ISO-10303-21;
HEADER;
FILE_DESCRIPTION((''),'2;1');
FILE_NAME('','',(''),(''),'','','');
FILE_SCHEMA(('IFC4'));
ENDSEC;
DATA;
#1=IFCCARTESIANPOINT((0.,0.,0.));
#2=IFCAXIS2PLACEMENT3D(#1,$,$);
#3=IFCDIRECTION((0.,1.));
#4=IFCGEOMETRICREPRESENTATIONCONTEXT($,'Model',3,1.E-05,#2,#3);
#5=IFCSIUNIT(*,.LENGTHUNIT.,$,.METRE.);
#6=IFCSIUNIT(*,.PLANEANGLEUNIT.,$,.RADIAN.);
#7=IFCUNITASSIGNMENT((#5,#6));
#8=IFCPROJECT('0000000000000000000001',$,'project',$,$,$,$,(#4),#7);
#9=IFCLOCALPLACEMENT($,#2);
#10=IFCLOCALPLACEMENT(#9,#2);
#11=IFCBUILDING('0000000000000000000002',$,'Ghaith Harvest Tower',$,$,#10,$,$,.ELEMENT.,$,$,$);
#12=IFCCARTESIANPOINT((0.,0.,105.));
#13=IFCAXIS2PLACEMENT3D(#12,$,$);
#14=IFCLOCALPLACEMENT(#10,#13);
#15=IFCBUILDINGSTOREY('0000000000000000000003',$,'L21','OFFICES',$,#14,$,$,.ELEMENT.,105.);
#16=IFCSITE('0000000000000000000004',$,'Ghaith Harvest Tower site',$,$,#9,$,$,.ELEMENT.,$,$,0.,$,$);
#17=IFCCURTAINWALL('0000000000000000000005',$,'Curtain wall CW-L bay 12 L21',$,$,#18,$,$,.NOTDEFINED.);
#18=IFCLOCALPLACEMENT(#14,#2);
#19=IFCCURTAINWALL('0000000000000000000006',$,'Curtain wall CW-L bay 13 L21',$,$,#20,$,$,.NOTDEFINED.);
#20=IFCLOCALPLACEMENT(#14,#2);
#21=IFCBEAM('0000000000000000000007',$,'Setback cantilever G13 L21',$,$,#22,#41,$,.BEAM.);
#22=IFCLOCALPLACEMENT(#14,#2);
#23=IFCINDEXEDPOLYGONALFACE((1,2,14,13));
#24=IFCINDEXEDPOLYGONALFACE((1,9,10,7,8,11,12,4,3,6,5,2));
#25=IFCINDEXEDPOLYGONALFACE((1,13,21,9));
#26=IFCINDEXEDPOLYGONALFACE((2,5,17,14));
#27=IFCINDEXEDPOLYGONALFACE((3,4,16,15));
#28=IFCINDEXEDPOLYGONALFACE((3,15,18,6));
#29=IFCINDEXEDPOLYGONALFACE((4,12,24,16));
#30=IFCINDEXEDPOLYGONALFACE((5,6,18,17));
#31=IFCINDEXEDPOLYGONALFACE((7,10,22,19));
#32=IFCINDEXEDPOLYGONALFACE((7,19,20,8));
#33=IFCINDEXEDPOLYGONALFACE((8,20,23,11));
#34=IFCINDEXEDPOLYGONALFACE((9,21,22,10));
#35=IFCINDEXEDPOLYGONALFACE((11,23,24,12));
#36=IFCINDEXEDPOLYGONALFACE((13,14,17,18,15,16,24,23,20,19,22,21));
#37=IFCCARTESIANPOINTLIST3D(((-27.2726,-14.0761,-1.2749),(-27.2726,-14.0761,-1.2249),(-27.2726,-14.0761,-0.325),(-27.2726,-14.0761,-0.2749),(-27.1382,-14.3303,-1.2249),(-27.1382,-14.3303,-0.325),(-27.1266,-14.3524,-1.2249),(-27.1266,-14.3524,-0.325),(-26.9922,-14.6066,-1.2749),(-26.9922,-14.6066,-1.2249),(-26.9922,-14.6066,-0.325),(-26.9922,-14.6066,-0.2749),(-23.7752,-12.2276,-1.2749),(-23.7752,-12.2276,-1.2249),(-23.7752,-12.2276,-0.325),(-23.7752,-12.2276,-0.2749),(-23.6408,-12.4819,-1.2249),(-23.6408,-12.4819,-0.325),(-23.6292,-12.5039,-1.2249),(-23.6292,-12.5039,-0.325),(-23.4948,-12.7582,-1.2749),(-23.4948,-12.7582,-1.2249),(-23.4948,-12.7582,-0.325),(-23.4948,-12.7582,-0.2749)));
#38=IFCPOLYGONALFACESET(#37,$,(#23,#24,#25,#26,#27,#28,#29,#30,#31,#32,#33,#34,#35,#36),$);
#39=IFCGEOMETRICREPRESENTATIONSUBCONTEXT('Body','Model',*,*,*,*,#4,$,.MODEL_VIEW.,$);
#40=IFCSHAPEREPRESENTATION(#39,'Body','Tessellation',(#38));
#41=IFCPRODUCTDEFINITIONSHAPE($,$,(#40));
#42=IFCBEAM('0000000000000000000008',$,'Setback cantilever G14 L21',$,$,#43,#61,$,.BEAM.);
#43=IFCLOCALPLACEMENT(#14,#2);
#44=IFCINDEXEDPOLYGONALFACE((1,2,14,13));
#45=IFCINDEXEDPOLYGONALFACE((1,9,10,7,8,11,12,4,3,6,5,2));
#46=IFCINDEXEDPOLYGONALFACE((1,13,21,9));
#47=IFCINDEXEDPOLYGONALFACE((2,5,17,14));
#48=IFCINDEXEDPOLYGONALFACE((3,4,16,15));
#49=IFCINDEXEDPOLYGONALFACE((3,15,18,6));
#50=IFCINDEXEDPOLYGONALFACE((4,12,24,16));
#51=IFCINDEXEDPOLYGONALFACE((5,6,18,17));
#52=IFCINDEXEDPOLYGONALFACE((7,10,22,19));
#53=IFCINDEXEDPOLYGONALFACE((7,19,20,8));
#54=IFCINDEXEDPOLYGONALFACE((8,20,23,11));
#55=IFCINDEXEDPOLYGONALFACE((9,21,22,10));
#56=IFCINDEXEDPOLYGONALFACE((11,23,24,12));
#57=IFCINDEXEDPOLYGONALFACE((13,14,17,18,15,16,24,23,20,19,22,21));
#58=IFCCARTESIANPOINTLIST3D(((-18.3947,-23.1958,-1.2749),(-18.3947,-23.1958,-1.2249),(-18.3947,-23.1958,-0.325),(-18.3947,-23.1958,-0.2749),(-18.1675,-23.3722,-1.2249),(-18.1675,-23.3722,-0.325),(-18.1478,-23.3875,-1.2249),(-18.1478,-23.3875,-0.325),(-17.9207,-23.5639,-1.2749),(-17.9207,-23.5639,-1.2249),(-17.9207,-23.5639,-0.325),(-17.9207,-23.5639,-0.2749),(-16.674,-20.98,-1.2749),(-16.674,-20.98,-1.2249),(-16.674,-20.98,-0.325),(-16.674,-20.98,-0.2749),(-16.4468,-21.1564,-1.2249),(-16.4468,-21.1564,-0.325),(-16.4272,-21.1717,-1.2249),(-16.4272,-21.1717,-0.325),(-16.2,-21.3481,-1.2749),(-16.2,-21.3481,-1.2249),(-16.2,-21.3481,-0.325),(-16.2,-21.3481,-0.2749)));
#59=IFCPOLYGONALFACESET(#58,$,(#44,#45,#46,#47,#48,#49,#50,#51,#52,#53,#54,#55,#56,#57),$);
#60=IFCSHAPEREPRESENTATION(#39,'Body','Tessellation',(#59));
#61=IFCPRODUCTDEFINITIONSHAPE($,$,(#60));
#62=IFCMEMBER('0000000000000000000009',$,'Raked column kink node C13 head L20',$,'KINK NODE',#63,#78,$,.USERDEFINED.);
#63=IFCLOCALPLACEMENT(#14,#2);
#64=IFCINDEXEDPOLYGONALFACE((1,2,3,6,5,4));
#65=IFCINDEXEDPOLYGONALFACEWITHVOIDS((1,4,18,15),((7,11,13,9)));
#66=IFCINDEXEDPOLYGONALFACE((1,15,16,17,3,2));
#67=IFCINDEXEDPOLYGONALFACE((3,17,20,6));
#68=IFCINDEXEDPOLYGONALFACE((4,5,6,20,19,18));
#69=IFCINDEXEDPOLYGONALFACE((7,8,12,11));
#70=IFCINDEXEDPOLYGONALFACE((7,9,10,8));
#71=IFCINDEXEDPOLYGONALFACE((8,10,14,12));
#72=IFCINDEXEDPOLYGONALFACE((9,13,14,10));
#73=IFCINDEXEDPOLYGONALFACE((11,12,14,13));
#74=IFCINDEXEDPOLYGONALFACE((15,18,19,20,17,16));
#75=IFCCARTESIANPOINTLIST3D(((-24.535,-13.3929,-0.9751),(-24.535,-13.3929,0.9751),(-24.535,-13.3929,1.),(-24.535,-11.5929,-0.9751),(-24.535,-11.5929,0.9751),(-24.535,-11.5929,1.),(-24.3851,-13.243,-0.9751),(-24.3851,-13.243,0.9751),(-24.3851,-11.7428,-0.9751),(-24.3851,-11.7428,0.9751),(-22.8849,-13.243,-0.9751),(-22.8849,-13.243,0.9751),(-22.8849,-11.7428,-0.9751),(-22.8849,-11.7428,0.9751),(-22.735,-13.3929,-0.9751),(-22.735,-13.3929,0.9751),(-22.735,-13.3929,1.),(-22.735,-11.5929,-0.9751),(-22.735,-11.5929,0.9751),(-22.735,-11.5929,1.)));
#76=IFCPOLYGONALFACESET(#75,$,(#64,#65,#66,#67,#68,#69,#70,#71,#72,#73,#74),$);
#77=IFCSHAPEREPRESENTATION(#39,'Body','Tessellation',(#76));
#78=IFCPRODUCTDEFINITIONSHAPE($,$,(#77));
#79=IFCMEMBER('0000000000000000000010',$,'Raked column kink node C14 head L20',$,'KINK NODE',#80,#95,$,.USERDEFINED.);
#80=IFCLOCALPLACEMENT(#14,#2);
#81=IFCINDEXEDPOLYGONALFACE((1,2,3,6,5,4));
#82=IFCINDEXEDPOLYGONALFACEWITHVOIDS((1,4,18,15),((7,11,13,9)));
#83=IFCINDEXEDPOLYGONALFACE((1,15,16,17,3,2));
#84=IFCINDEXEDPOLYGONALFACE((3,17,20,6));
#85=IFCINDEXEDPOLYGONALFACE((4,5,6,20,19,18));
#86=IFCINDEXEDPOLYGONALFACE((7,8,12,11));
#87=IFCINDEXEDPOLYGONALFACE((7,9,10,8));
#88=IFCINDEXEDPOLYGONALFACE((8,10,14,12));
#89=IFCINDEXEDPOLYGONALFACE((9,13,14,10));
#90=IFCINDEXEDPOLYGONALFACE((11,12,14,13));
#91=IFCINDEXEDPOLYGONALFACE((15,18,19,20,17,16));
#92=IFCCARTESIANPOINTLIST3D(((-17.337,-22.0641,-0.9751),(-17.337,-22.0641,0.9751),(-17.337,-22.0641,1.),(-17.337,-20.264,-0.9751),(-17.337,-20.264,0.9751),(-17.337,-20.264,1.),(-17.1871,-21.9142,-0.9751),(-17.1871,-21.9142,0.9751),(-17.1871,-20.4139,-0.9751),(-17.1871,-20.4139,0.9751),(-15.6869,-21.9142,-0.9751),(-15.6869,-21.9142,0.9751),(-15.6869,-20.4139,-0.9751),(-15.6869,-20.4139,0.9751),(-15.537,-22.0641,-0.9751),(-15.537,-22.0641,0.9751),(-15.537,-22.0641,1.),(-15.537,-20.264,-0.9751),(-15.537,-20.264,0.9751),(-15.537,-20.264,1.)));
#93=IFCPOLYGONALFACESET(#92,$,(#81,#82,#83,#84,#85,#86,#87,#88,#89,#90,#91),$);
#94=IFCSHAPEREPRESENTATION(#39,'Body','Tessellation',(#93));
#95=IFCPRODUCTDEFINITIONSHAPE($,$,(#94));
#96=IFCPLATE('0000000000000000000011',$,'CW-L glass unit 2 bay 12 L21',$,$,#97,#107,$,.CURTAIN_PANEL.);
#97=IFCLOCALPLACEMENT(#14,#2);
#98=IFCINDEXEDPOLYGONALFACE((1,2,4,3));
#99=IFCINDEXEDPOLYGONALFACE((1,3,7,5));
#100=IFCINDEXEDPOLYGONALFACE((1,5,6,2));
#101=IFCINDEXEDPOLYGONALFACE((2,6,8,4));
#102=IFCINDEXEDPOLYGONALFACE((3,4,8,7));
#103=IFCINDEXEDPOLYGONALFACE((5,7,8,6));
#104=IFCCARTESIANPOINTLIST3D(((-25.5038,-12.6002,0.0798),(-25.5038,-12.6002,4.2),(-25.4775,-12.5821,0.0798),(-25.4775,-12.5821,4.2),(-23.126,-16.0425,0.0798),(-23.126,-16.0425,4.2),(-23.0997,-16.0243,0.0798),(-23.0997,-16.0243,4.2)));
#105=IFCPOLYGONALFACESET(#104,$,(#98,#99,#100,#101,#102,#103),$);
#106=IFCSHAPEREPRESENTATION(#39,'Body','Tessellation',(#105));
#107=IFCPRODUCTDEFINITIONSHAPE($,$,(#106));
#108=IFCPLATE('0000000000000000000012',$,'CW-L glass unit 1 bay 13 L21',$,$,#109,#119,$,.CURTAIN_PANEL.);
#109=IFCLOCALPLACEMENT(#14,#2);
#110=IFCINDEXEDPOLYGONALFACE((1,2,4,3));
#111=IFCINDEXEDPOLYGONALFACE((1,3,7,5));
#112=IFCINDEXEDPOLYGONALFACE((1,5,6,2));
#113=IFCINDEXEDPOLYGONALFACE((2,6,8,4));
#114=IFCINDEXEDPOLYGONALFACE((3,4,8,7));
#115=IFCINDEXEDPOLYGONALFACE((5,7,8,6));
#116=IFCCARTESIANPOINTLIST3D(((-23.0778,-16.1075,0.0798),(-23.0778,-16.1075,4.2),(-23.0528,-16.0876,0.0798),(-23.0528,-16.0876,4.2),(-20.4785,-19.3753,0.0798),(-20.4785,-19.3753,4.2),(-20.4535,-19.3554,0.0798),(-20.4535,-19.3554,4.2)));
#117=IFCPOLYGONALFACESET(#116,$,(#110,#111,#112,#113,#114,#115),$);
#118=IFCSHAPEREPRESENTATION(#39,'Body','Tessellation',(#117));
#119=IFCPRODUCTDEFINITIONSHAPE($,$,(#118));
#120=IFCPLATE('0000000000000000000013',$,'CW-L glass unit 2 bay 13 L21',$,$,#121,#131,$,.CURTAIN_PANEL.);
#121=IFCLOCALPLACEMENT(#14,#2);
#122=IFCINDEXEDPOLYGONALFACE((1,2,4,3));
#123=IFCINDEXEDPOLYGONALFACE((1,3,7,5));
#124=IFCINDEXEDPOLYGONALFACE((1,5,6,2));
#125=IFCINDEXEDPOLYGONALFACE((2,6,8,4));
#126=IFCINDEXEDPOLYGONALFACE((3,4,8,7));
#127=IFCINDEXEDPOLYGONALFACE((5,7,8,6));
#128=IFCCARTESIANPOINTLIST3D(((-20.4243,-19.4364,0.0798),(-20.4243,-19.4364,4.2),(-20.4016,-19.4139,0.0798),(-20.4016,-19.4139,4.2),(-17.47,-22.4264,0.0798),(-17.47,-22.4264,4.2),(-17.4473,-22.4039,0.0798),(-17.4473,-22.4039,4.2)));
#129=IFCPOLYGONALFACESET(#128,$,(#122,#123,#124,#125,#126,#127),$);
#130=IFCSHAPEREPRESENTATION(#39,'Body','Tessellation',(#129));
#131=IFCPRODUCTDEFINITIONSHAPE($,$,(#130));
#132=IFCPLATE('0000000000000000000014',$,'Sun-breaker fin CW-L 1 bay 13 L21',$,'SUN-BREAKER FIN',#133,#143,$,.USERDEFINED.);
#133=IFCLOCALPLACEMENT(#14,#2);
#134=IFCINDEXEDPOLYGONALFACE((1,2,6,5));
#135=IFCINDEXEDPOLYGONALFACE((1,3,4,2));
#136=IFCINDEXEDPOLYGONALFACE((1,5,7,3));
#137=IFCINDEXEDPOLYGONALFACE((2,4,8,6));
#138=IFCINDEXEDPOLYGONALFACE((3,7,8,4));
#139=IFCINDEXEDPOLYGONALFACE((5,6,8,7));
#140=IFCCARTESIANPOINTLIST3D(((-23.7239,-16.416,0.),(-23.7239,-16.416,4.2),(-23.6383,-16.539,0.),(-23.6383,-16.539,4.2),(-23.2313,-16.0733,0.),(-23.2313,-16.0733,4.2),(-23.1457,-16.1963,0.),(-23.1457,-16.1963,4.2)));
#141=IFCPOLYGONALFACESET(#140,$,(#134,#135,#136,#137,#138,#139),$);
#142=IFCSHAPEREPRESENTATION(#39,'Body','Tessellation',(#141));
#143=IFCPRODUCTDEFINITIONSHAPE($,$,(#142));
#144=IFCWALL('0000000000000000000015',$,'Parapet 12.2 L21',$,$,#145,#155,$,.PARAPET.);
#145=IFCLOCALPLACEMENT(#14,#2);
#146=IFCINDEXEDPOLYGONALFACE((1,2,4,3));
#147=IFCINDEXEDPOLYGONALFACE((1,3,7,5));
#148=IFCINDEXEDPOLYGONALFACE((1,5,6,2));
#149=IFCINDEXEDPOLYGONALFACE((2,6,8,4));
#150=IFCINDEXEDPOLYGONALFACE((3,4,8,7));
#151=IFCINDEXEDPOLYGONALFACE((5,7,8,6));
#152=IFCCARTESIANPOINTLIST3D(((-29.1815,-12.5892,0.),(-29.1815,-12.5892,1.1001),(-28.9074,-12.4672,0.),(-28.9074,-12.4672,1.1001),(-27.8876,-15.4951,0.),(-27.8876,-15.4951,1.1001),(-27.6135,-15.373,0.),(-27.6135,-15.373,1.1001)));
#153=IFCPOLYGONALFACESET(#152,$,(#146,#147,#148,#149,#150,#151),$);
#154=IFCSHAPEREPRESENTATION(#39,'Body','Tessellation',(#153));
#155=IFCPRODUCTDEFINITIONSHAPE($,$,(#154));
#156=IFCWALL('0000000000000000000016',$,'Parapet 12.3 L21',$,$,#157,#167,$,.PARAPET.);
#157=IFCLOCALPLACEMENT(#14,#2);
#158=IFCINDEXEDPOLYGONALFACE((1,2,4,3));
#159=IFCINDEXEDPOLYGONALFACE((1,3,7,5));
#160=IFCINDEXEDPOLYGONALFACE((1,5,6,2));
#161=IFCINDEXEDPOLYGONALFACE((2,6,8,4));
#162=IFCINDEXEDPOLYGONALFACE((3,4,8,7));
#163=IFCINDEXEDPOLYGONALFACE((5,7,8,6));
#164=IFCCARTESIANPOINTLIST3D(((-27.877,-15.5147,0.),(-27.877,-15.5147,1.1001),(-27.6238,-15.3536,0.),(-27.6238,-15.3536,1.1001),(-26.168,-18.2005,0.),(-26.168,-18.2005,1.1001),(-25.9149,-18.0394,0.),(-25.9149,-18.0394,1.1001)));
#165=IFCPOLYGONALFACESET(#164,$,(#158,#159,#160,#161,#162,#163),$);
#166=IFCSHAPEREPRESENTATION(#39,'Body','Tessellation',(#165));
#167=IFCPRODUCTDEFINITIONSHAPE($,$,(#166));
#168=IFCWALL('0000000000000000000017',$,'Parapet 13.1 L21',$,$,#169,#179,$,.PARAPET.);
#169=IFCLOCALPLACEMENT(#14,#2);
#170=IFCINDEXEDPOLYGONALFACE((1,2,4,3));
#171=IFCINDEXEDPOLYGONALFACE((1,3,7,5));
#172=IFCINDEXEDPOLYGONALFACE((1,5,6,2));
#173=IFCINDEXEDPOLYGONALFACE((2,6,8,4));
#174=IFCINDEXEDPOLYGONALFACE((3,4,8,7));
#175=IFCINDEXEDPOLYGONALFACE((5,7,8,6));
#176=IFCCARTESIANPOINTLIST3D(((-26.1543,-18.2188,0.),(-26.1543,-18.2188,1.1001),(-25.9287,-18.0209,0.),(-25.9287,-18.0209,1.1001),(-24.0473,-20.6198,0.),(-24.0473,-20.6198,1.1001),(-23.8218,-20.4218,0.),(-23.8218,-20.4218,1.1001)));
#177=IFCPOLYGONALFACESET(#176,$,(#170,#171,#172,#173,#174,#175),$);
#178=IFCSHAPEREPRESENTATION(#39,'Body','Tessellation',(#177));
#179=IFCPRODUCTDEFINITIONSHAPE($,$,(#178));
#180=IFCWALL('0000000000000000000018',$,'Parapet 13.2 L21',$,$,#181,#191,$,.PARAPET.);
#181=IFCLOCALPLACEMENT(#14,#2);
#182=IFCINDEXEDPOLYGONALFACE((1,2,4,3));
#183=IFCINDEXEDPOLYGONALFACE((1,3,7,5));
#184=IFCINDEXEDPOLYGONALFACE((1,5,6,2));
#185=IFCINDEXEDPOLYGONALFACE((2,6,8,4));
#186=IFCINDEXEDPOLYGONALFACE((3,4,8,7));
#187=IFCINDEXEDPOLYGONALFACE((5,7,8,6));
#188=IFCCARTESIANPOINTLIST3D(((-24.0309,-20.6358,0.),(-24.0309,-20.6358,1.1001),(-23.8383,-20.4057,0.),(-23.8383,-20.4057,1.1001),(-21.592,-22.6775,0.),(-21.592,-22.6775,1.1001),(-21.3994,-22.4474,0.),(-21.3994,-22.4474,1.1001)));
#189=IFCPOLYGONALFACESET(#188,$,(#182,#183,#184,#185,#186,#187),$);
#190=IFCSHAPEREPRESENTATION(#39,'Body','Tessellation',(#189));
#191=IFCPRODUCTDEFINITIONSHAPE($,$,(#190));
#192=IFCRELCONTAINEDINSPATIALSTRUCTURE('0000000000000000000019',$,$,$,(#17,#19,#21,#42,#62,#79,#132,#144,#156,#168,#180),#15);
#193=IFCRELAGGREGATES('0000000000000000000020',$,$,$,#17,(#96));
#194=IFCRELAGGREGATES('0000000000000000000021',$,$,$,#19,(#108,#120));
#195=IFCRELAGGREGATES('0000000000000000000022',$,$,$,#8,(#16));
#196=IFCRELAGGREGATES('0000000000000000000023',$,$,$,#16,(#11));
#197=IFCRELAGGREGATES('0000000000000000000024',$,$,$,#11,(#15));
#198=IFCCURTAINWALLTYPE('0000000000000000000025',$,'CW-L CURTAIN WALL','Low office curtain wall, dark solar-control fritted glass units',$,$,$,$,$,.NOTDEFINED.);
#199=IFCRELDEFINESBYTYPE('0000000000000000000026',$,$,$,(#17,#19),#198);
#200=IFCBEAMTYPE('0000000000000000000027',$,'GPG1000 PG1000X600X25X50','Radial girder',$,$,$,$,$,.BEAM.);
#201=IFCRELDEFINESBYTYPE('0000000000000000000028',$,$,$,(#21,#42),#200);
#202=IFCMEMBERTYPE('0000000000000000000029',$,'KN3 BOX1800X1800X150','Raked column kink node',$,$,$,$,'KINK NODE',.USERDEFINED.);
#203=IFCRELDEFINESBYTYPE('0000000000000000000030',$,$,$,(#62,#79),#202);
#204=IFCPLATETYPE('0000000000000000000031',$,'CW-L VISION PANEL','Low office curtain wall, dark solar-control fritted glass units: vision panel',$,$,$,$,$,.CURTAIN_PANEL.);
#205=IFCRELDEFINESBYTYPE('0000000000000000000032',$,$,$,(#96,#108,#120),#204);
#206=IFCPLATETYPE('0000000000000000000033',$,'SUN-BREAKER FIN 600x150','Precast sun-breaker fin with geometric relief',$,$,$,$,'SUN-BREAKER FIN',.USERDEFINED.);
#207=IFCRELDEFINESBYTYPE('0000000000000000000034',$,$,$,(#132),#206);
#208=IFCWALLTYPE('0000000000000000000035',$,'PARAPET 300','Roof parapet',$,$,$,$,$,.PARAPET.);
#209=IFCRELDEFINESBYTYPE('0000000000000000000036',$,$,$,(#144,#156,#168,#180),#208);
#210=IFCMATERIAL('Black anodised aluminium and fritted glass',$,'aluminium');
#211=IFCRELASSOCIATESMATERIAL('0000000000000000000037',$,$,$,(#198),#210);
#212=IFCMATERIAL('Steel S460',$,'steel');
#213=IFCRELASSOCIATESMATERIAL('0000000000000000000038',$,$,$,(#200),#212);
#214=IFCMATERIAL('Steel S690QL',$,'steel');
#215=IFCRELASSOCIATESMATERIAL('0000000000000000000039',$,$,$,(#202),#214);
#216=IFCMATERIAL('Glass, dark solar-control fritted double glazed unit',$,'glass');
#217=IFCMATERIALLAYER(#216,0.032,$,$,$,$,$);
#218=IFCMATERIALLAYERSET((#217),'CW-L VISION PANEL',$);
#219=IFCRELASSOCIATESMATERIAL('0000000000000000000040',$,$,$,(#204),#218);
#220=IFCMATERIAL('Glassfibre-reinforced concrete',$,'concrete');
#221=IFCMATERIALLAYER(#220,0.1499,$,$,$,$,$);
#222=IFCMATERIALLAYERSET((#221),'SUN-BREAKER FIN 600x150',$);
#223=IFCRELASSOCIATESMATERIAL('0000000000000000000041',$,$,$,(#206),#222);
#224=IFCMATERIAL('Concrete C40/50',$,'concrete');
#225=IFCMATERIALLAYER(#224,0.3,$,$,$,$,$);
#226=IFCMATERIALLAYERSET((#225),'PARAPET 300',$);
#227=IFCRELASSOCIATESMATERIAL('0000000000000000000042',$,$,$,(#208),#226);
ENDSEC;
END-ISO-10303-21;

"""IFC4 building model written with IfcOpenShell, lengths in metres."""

from ifc_helpers import new_model, si_unit, direction, frame, frame_2d, origin, origin_2d, place, context, subcontext, project, spatial, rectangle, hollow_rectangle, i_section, extrude, boolean, material, layer, layer_set, material_profile, profile_set, type_object, element, aggregate, save


model = new_model("IFC4")

# Units and contexts
model_context = context("Model", 3, precision=1e-05, world=origin(), true_north=direction((0.0, 1.0)))
body_context = subcontext(model_context, "Body", "Model", "MODEL_VIEW")
ifc_project = project(units=[si_unit("LENGTHUNIT", "METRE"), si_unit("PLANEANGLEUNIT", "RADIAN")], contexts=[model_context])

# Site, building, storey
site_placement = place(None, origin())
site = spatial("IfcSite", under=ifc_project, at=site_placement, Name="Ghaith Harvest Tower site", CompositionType="ELEMENT", RefElevation=0.0)
building_placement = place(site_placement, origin())
building = spatial("IfcBuilding", under=site, at=building_placement, Name="Ghaith Harvest Tower", CompositionType="ELEMENT")
storey_placement = place(building_placement, frame((0.0, 0.0, 105.0)))
storey = spatial("IfcBuildingStorey", under=building, at=storey_placement, Name="L21", Description="OFFICES", CompositionType="ELEMENT", Elevation=105.0)

# Curtain wall
ifc_material_1 = material(Name="Black anodised aluminium and fritted glass", Category="aluminium")
curtain_wall_type = type_object("IfcCurtainWallType", Name="CW-L CURTAIN WALL", Description="Low office curtain wall, dark solar-control fritted glass units", PredefinedType="NOTDEFINED", material=ifc_material_1)
curtain_wall_1_placement = place(storey_placement, origin())
curtain_wall_1 = element("IfcCurtainWall", 1, at=curtain_wall_1_placement, inside=storey, type_object=curtain_wall_type, Name="Curtain wall CW-L bay 12 L21", PredefinedType="NOTDEFINED")

# Curtain wall
curtain_wall_2_placement = place(storey_placement, origin())
curtain_wall_2 = element("IfcCurtainWall", 2, at=curtain_wall_2_placement, inside=storey, type_object=curtain_wall_type, Name="Curtain wall CW-L bay 13 L21", PredefinedType="NOTDEFINED")

# Beams
ifc_material_2 = material(Name="Steel S460", Category="steel")
ifc_material_profile_1 = material_profile(ifc_material_2, i_section(OverallWidth=0.6001, OverallDepth=1.0, WebThickness=0.0249, FlangeThickness=0.05, at=origin_2d()), Name="PG1000X600X25X50")
ifc_profile_set_1 = profile_set([ifc_material_profile_1], Name="Steel S460")
beam_type_1 = type_object("IfcBeamType", Name="GPG1000 PG1000X600X25X50", Description="Radial girder", PredefinedType="BEAM", material=ifc_profile_set_1)
beam_1_placement = place(storey_placement, frame((-23.635, -12.4929, -0.7749), z_axis=(-0.884115, -0.467269, 0.0), x_axis=(0.467269, -0.884115, 0.0)))
element("IfcBeam", 3, at=beam_1_placement, inside=storey, type_object=beam_type_1, Name="Setback cantilever G13 L21", PredefinedType="BEAM", context=body_context, shape_type="SweptSolid", body=[
    extrude(i_section(OverallWidth=0.6001, OverallDepth=1.0, WebThickness=0.0249, FlangeThickness=0.05, at=origin_2d()), origin(), (0.0, 0.0, 1.0), 3.9558),
])
beam_2_placement = place(storey_placement, frame((-16.437, -21.1641, -0.7749), z_axis=(-0.613338, -0.789821, 0.0), x_axis=(0.789821, -0.613338, 0.0)))
element("IfcBeam", 4, at=beam_2_placement, inside=storey, type_object=beam_type_1, Name="Setback cantilever G14 L21", PredefinedType="BEAM", context=body_context, shape_type="SweptSolid", body=[
    extrude(i_section(OverallWidth=0.6001, OverallDepth=1.0, WebThickness=0.0249, FlangeThickness=0.05, at=origin_2d()), origin(), (0.0, 0.0, 1.0), 2.8054),
])

# Members
ifc_material_3 = material(Name="Steel S690QL", Category="steel")
ifc_material_profile_2 = material_profile(ifc_material_3, hollow_rectangle(XDim=1.8, YDim=1.8, WallThickness=0.1499, at=origin_2d()), Name="BOX1800X1800X150")
ifc_profile_set_2 = profile_set([ifc_material_profile_2], Name="Steel S690QL")
member_type_1 = type_object("IfcMemberType", Name="KN3 BOX1800X1800X150", Description="Raked column kink node", ElementType="KINK NODE", PredefinedType="USERDEFINED", material=ifc_profile_set_2)
for number, where, z_axis, x_axis, name in (
    (5, (-23.635, -12.4929, -0.9751), (0.0, 0.0, 1.0), (1.0, 0.0, 0.0), "Raked column kink node C13 head L20"),
    (6, (-16.437, -21.1641, -0.9751), (0.0, 0.0, 1.0), (1.0, 0.0, 0.0), "Raked column kink node C14 head L20"),
):
    element("IfcMember", number, at=place(storey_placement, frame(where, z_axis=z_axis, x_axis=x_axis)), inside=storey, type_object=member_type_1, Name=name, ObjectType="KINK NODE", PredefinedType="USERDEFINED", context=body_context, shape_type="CSG", body=[
        boolean("UNION", extrude(hollow_rectangle(XDim=1.8, YDim=1.8, WallThickness=0.1499, at=origin_2d()), origin(), (0.0, 0.0, 1.0), 1.9502), extrude(rectangle(XDim=1.8, YDim=1.8, at=origin_2d()), frame((0.0, 0.0, 1.9502)), (0.0, 0.0, 1.0), 0.0249)),
    ])

# Plates
ifc_material_4 = material(Name="Glass, dark solar-control fritted double glazed unit", Category="glass")
ifc_layer_1 = layer(ifc_material_4, 0.032)
ifc_layer_set_1 = layer_set([ifc_layer_1], Name="CW-L VISION PANEL")
plate_type_1 = type_object("IfcPlateType", Name="CW-L VISION PANEL", Description="Low office curtain wall, dark solar-control fritted glass units: vision panel", PredefinedType="CURTAIN_PANEL", material=ifc_layer_set_1)
plate_1_placement = place(storey_placement, frame((-24.3018, -14.3123, 0.0798), z_axis=(0.0, 0.0, 1.0), x_axis=(0.568348, -0.822788, 0.0)))
plate_1 = element("IfcPlate", 7, at=plate_1_placement, type_object=plate_type_1, Name="CW-L glass unit 2 bay 12 L21", PredefinedType="CURTAIN_PANEL", context=body_context, shape_type="SweptSolid", body=[
    extrude(rectangle(XDim=4.1836, YDim=0.032, at=origin_2d()), origin(), (0.0, 0.0, 1.0), 4.1201),
])
aggregate(curtain_wall_1, [plate_1])
plate_2_placement = place(storey_placement, frame((-21.7656, -17.7314, 0.0798), z_axis=(0.0, 0.0, 1.0), x_axis=(0.622507, -0.782614, 0.0)))
plate_2 = element("IfcPlate", 8, at=plate_2_placement, type_object=plate_type_1, Name="CW-L glass unit 1 bay 13 L21", PredefinedType="CURTAIN_PANEL", context=body_context, shape_type="SweptSolid", body=[
    extrude(rectangle(XDim=4.1755, YDim=0.032, at=origin_2d()), origin(), (0.0, 0.0, 1.0), 4.1201),
])
plate_3_placement = place(storey_placement, frame((-18.9358, -20.9202, 0.0798), z_axis=(0.0, 0.0, 1.0), x_axis=(0.702843, -0.711345, 0.0)))
plate_3 = element("IfcPlate", 9, at=plate_3_placement, type_object=plate_type_1, Name="CW-L glass unit 2 bay 13 L21", PredefinedType="CURTAIN_PANEL", context=body_context, shape_type="SweptSolid", body=[
    extrude(rectangle(XDim=4.2034, YDim=0.032, at=origin_2d()), origin(), (0.0, 0.0, 1.0), 4.1201),
])
aggregate(curtain_wall_2, [plate_2, plate_3])
ifc_material_5 = material(Name="Glassfibre-reinforced concrete", Category="concrete")
ifc_layer_2 = layer(ifc_material_5, 0.1499)
ifc_layer_set_2 = layer_set([ifc_layer_2], Name="SUN-BREAKER FIN 600x150")
plate_type_2 = type_object("IfcPlateType", Name="SUN-BREAKER FIN 600x150", Description="Precast sun-breaker fin with geometric relief", ElementType="SUN-BREAKER FIN", PredefinedType="USERDEFINED", material=ifc_layer_set_2)
plate_4_placement = place(storey_placement, frame((-23.4348, -16.3062, 0.0), z_axis=(0.0, 0.0, 1.0), x_axis=(-0.820845, -0.57115, 0.0)))
element("IfcPlate", 10, at=plate_4_placement, inside=storey, type_object=plate_type_2, Name="Sun-breaker fin CW-L 1 bay 13 L21", ObjectType="SUN-BREAKER FIN", PredefinedType="USERDEFINED", context=body_context, shape_type="SweptSolid", body=[
    extrude(rectangle(XDim=0.6001, YDim=0.1499, at=origin_2d()), origin(), (0.0, 0.0, 1.0), 4.2),
])

# Walls
ifc_material_6 = material(Name="Concrete C40/50", Category="concrete")
ifc_layer_3 = layer(ifc_material_6, 0.3)
ifc_layer_set_3 = layer_set([ifc_layer_3], Name="PARAPET 300")
wall_type_1 = type_object("IfcWallType", Name="PARAPET 300", Description="Roof parapet", PredefinedType="PARAPET", material=ifc_layer_set_3)
wall_1_placement = place(storey_placement, frame((-29.0444, -12.5283, 0.0), z_axis=(0.0, 0.0, 1.0), x_axis=(0.406794, -0.91352, 0.0)))
element("IfcWall", 11, at=wall_1_placement, inside=storey, type_object=wall_type_1, Name="Parapet 12.2 L21", PredefinedType="PARAPET", context=body_context, shape_type="SweptSolid", body=[
    extrude(rectangle(XDim=3.1809, YDim=0.3, at=frame_2d((1.5903, 0.0))), origin(), (0.0, 0.0, 1.0), 1.1001),
])
wall_2_placement = place(storey_placement, frame((-27.7505, -15.4341, 0.0), z_axis=(0.0, 0.0, 1.0), x_axis=(0.536841, -0.843684, 0.0)))
element("IfcWall", 12, at=wall_2_placement, inside=storey, type_object=wall_type_1, Name="Parapet 12.3 L21", PredefinedType="PARAPET", context=body_context, shape_type="SweptSolid", body=[
    extrude(rectangle(XDim=3.1833, YDim=0.3, at=frame_2d((1.5918, 0.0))), origin(), (0.0, 0.0, 1.0), 1.1001),
])
wall_3_placement = place(storey_placement, frame((-26.0415, -18.1199, 0.0), z_axis=(0.0, 0.0, 1.0), x_axis=(0.659597, -0.75162, 0.0)))
element("IfcWall", 13, at=wall_3_placement, inside=storey, type_object=wall_type_1, Name="Parapet 13.1 L21", PredefinedType="PARAPET", context=body_context, shape_type="SweptSolid", body=[
    extrude(rectangle(XDim=3.1943, YDim=0.3, at=frame_2d((1.5972, 0.0))), origin(), (0.0, 0.0, 1.0), 1.1001),
])
wall_4_placement = place(storey_placement, frame((-23.9346, -20.5208, 0.0), z_axis=(0.0, 0.0, 1.0), x_axis=(0.766785, -0.641904, 0.0)))
element("IfcWall", 14, at=wall_4_placement, inside=storey, type_object=wall_type_1, Name="Parapet 13.2 L21", PredefinedType="PARAPET", context=body_context, shape_type="SweptSolid", body=[
    extrude(rectangle(XDim=3.1807, YDim=0.3, at=frame_2d((1.5903, 0.0))), origin(), (0.0, 0.0, 1.0), 1.1001),
])

save(model, "model.ifc")
